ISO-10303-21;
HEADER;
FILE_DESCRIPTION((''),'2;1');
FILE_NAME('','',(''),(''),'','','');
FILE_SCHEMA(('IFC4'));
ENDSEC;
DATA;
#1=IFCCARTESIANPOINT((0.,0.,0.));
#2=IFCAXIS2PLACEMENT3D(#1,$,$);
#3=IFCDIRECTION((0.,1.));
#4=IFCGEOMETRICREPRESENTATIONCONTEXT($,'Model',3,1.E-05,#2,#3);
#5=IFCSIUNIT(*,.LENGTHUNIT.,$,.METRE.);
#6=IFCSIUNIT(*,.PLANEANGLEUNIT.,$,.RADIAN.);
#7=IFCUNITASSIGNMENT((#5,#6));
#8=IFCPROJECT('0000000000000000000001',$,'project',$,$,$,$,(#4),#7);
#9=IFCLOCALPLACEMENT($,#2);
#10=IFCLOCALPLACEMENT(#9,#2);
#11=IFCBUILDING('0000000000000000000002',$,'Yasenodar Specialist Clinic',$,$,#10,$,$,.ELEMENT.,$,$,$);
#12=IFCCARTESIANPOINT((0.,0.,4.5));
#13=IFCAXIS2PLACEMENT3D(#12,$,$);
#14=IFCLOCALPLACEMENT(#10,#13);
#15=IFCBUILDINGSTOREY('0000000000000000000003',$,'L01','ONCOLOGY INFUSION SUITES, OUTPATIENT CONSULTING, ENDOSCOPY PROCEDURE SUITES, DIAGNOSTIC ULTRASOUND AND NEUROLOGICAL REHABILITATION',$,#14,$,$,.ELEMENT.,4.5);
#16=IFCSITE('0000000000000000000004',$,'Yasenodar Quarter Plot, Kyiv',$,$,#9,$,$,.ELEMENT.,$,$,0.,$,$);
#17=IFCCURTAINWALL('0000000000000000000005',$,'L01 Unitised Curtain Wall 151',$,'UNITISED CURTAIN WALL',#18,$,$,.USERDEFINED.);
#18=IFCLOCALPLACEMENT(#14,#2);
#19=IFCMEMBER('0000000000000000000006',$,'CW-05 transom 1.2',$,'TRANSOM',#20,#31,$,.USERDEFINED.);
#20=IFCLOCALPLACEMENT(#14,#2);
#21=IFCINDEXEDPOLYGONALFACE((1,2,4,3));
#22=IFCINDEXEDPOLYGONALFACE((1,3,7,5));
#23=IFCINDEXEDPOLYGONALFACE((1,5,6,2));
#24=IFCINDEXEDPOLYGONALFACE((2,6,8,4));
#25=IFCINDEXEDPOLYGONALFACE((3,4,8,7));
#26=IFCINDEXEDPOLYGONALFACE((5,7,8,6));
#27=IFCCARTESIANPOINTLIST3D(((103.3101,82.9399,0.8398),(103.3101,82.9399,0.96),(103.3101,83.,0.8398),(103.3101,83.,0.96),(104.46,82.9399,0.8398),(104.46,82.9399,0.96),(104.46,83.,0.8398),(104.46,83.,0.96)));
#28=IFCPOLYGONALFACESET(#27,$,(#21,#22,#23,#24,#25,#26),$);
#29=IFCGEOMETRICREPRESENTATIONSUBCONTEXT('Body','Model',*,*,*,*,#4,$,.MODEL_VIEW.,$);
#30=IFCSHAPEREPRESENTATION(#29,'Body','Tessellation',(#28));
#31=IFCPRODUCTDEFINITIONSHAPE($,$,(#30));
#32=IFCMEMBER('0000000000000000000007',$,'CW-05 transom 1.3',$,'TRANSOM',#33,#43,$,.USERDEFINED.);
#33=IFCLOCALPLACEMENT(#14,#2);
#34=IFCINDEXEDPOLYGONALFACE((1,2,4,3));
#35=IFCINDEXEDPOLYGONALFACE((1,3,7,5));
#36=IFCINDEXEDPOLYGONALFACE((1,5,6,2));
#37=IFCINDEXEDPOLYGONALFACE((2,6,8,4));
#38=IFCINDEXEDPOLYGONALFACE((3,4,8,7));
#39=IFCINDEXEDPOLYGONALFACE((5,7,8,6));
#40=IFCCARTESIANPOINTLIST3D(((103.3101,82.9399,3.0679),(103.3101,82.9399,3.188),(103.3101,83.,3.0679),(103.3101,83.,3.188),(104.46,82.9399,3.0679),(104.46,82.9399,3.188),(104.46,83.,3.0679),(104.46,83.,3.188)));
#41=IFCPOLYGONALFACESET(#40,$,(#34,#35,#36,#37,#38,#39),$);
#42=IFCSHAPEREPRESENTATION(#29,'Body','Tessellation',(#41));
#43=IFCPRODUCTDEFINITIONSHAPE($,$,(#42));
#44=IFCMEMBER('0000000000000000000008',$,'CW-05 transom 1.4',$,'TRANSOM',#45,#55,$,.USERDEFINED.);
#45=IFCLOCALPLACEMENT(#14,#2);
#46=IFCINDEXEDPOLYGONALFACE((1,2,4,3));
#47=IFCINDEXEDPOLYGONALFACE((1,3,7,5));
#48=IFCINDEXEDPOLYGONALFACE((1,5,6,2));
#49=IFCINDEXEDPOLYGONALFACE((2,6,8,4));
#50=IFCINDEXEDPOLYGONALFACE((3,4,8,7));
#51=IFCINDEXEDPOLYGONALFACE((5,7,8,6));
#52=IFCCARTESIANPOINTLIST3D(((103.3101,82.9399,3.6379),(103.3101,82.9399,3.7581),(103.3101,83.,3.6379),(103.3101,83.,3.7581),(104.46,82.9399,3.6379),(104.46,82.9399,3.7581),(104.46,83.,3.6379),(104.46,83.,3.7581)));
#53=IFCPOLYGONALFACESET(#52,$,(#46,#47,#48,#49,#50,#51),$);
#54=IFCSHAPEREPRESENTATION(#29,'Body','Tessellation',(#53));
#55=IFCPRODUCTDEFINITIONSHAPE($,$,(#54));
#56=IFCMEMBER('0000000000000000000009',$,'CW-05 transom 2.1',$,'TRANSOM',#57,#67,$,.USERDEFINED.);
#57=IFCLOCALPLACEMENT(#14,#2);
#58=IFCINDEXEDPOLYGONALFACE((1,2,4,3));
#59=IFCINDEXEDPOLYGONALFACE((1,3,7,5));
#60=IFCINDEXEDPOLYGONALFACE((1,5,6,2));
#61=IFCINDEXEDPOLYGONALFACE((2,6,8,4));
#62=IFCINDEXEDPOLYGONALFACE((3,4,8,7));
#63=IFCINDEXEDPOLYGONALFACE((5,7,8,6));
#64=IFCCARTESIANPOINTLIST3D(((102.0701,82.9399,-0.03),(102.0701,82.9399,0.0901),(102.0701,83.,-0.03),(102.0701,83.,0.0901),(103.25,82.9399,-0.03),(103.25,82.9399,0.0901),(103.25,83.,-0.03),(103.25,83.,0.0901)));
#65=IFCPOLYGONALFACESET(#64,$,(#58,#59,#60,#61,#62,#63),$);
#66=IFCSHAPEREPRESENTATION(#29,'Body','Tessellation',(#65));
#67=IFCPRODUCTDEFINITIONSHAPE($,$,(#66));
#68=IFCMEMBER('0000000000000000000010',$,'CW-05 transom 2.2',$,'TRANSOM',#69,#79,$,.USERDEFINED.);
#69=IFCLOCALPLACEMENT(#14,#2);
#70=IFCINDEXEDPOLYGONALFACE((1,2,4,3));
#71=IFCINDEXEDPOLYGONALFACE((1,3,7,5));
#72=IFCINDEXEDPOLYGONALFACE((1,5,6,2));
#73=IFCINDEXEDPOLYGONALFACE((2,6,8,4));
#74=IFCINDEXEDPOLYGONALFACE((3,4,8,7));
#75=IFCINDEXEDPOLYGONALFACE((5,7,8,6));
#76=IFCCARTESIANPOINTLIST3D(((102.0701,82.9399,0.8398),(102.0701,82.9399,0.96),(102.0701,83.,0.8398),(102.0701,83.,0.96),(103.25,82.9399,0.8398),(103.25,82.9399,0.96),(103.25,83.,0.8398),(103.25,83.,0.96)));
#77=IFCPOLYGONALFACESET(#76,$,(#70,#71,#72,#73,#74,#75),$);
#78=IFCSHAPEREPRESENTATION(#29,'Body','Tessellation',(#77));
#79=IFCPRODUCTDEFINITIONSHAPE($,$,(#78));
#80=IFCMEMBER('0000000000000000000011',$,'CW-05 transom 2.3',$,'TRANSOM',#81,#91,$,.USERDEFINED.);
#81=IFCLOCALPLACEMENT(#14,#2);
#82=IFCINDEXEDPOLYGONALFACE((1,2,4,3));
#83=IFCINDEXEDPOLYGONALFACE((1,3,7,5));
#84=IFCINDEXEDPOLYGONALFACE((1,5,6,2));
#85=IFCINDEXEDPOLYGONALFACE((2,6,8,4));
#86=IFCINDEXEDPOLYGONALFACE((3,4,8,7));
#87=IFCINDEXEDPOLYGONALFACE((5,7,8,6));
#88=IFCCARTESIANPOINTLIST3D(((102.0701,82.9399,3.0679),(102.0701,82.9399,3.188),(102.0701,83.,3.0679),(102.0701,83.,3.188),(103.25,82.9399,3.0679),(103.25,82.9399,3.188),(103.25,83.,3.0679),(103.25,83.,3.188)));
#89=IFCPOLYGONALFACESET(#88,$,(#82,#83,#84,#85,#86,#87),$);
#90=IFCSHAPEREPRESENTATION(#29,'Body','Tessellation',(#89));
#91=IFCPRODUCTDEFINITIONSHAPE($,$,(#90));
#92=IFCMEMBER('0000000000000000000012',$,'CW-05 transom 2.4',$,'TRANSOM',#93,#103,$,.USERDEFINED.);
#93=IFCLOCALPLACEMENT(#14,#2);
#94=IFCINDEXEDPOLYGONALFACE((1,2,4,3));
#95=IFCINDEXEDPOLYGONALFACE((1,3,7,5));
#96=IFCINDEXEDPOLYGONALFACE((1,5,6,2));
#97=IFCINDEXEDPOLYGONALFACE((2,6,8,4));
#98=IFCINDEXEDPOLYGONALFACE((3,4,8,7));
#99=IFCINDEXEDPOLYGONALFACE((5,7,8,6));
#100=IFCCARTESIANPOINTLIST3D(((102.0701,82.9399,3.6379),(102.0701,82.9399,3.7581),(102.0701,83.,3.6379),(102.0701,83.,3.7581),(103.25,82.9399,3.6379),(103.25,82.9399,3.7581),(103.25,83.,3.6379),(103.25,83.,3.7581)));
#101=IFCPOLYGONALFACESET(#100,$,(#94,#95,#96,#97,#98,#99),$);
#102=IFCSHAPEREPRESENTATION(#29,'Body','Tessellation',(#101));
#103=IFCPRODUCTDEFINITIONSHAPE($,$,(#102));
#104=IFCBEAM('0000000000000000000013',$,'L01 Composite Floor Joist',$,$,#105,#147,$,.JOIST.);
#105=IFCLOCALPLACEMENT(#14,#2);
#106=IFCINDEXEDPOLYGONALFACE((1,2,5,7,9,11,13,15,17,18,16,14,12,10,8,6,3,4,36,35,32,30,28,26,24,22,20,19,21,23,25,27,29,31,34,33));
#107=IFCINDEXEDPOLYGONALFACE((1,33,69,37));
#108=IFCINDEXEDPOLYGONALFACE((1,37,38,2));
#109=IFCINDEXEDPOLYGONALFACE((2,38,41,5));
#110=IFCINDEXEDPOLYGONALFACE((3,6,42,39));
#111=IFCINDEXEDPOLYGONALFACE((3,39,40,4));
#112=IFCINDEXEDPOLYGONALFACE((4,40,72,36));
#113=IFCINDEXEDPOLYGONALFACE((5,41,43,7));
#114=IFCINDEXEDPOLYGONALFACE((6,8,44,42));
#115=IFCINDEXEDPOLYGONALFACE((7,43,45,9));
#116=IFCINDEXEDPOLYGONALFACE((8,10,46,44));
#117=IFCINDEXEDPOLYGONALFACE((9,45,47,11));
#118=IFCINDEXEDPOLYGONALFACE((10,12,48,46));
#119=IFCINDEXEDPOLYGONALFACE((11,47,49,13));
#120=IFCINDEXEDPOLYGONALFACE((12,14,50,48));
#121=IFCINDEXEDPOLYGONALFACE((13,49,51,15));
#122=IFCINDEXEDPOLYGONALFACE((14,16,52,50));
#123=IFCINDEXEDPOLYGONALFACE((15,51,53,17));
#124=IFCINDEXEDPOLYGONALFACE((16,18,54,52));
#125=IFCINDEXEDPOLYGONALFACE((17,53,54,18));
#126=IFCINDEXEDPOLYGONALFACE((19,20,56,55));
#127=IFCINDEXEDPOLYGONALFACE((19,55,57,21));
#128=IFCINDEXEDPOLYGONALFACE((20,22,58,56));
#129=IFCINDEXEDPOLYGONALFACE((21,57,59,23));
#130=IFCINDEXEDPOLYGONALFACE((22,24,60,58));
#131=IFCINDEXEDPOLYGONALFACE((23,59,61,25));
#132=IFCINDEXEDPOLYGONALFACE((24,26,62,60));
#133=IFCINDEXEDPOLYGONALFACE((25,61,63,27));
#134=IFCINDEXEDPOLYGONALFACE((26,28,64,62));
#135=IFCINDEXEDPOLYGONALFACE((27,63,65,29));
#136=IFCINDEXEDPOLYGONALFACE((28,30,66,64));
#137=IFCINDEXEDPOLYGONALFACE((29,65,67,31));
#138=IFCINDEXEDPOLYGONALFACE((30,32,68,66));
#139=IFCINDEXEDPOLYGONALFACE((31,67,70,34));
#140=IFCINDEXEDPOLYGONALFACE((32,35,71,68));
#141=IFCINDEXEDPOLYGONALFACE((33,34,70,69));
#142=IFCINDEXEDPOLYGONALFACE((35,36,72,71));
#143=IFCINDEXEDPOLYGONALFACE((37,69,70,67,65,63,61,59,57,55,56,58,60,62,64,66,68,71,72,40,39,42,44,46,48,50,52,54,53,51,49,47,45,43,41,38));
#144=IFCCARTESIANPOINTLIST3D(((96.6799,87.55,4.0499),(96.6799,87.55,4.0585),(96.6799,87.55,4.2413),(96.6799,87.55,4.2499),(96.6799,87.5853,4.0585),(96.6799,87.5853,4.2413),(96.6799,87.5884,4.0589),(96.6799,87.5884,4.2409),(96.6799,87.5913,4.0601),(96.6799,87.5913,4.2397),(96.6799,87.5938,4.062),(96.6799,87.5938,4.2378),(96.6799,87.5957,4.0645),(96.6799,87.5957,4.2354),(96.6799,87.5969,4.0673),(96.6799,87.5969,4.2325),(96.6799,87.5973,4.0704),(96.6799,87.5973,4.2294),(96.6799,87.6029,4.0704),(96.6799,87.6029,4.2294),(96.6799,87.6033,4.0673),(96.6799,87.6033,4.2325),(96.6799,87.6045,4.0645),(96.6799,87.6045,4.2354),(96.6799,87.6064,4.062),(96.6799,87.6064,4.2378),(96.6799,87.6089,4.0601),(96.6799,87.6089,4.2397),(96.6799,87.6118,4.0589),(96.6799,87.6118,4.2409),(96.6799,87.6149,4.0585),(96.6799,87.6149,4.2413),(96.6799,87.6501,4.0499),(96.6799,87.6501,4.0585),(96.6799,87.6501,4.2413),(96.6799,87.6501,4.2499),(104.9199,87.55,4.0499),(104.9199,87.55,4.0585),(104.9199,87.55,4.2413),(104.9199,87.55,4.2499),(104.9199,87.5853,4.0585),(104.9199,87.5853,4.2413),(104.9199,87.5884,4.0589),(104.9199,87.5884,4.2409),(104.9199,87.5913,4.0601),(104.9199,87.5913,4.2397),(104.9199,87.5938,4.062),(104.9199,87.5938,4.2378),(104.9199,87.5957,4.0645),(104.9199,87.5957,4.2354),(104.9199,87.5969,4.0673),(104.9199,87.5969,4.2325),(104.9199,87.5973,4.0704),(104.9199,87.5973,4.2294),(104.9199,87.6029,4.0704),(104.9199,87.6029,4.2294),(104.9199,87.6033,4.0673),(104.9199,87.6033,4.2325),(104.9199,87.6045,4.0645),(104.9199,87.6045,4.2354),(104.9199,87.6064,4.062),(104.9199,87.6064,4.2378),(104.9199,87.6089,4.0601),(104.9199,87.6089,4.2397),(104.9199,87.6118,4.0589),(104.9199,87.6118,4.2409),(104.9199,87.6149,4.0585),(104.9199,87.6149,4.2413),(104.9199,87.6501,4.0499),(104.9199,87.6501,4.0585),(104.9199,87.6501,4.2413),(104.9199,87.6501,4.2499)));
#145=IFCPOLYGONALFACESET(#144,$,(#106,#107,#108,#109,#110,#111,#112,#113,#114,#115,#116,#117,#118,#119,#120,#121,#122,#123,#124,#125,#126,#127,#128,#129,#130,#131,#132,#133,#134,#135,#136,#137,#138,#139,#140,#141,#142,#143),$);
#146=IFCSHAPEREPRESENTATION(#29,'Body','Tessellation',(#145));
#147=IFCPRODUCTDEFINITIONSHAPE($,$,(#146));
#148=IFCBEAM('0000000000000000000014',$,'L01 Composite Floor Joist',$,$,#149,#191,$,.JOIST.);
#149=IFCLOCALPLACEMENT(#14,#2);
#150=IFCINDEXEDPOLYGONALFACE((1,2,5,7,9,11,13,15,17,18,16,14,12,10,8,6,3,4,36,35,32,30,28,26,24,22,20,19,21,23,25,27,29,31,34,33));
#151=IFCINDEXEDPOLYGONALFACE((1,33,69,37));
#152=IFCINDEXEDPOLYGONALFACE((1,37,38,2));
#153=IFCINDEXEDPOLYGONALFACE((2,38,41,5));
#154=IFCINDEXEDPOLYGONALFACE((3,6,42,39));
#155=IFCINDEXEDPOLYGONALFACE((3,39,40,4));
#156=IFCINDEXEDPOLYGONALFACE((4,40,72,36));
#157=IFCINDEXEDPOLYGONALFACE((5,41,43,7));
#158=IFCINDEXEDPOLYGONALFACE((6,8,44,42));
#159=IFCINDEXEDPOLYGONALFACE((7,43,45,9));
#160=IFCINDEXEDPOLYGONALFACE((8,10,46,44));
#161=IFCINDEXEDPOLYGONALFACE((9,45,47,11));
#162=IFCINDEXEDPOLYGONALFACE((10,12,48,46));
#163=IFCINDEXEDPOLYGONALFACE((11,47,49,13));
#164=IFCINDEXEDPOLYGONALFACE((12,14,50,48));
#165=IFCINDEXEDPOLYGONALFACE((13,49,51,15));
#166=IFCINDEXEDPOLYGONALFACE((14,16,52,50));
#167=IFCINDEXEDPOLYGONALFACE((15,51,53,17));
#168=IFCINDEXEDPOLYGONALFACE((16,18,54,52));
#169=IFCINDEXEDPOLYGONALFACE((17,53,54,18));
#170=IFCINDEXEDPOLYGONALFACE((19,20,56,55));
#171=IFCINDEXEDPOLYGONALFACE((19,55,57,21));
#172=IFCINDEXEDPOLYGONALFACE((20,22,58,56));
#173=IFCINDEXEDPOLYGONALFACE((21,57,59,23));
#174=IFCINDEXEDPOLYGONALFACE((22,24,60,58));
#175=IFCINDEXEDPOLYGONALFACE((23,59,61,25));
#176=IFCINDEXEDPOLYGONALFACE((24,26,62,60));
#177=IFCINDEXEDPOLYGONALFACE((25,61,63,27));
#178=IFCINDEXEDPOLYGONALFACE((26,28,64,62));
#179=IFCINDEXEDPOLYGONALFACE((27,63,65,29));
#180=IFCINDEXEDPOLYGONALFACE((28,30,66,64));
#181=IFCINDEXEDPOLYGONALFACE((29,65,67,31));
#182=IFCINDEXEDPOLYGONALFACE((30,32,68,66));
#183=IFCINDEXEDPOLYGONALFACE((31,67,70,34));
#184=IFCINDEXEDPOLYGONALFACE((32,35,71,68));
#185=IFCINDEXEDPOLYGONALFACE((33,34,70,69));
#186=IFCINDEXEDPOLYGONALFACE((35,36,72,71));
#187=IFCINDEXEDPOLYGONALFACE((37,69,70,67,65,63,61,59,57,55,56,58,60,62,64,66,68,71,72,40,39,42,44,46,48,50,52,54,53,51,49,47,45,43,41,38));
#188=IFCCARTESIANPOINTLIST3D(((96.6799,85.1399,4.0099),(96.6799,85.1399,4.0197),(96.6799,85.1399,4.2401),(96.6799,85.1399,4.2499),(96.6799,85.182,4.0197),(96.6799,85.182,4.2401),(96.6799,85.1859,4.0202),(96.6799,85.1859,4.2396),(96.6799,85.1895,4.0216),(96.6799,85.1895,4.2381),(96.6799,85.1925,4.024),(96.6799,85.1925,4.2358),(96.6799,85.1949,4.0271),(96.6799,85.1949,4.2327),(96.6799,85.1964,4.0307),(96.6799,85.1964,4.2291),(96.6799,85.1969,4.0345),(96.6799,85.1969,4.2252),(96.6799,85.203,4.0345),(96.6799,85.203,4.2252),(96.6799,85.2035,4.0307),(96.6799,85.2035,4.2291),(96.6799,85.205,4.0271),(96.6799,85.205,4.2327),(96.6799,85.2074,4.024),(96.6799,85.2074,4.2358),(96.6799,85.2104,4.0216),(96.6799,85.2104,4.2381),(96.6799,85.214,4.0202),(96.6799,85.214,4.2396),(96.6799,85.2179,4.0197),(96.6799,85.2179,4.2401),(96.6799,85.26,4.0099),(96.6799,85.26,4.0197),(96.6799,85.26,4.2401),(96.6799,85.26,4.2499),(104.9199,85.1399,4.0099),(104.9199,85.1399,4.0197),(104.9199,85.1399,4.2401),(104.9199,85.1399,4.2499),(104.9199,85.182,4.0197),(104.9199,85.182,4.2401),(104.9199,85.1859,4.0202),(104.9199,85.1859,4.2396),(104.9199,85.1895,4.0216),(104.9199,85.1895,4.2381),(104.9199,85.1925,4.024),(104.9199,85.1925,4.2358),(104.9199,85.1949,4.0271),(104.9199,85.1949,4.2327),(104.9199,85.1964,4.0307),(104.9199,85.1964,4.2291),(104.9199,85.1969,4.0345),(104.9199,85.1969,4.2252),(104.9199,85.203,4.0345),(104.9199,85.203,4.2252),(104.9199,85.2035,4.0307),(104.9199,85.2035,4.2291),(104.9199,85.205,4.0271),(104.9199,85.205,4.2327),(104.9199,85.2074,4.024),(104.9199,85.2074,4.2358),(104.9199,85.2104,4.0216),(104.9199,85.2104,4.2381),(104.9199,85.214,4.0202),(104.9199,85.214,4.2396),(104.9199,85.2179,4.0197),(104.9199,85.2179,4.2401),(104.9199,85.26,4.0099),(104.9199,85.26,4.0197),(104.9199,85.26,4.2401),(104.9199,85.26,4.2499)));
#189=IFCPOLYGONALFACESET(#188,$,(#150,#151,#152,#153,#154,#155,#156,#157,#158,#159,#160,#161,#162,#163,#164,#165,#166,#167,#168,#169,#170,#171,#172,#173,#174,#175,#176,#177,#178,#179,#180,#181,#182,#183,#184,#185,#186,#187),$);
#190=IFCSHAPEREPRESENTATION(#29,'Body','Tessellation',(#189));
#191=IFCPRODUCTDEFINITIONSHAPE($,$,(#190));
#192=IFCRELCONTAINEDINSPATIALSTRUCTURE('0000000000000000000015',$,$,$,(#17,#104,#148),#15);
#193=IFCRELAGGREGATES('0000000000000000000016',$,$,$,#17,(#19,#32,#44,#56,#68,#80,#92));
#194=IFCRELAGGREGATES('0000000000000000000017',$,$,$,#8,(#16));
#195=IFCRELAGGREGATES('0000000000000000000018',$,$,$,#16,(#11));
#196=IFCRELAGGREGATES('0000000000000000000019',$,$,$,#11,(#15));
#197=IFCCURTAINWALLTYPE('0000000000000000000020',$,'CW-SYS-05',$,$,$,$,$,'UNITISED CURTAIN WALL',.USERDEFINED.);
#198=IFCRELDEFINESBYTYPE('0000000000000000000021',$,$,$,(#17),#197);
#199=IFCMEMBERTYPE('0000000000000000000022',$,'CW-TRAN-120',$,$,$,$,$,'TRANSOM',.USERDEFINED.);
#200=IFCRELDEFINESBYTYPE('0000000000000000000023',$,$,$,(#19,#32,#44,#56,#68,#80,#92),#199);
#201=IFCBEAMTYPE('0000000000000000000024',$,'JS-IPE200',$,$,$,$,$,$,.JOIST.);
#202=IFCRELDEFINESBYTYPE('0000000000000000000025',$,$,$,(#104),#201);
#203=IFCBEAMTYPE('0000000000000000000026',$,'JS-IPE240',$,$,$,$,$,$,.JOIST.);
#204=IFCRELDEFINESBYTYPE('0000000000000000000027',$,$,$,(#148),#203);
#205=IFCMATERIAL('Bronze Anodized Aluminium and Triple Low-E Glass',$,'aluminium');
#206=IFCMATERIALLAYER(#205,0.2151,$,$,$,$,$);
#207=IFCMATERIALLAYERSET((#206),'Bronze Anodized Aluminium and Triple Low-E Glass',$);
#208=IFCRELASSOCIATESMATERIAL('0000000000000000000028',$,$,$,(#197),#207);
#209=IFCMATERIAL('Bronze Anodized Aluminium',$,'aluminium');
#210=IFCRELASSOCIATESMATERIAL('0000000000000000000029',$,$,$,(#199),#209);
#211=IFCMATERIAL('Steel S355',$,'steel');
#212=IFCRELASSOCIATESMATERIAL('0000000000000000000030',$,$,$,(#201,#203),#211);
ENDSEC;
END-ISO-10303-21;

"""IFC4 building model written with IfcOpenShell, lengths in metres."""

from ifc_helpers import new_model, si_unit, direction, frame, origin, origin_2d, place, context, subcontext, project, spatial, rectangle, i_section, extrude, material, layer, layer_set, material_profile, profile_set, type_object, element, aggregate, save


model = new_model("IFC4")

# Units and contexts
model_context = context("Model", 3, precision=1e-05, world=origin(), true_north=direction((0.0, 1.0)))
body_context = subcontext(model_context, "Body", "Model", "MODEL_VIEW")
ifc_project = project(units=[si_unit("LENGTHUNIT", "METRE"), si_unit("PLANEANGLEUNIT", "RADIAN")], contexts=[model_context])

# Site, building, storey
site_placement = place(None, origin())
site = spatial("IfcSite", under=ifc_project, at=site_placement, Name="Yasenodar Quarter Plot, Kyiv", CompositionType="ELEMENT", RefElevation=0.0)
building_placement = place(site_placement, origin())
building = spatial("IfcBuilding", under=site, at=building_placement, Name="Yasenodar Specialist Clinic", CompositionType="ELEMENT")
storey_placement = place(building_placement, frame((0.0, 0.0, 4.5)))
storey = spatial("IfcBuildingStorey", under=building, at=storey_placement, Name="L01", Description="ONCOLOGY INFUSION SUITES, OUTPATIENT CONSULTING, ENDOSCOPY PROCEDURE SUITES, DIAGNOSTIC ULTRASOUND AND NEUROLOGICAL REHABILITATION", CompositionType="ELEMENT", Elevation=4.5)

# Shared definitions
ifc_material_1 = material(Name="Steel S355", Category="steel")

# Curtain wall, members
ifc_material_2 = material(Name="Bronze Anodized Aluminium and Triple Low-E Glass", Category="aluminium")
ifc_layer_1 = layer(ifc_material_2, 0.2151)
ifc_layer_set_1 = layer_set([ifc_layer_1], Name="Bronze Anodized Aluminium and Triple Low-E Glass")
curtain_wall_type = type_object("IfcCurtainWallType", Name="CW-SYS-05", ElementType="UNITISED CURTAIN WALL", PredefinedType="USERDEFINED", material=ifc_layer_set_1)
curtain_wall_placement = place(storey_placement, origin())
curtain_wall = element("IfcCurtainWall", 1, at=curtain_wall_placement, inside=storey, type_object=curtain_wall_type, Name="L01 Unitised Curtain Wall 151", ObjectType="UNITISED CURTAIN WALL", PredefinedType="USERDEFINED")
ifc_material_3 = material(Name="Bronze Anodized Aluminium", Category="aluminium")
ifc_material_profile_1 = material_profile(ifc_material_3, rectangle(XDim=0.0601, YDim=0.1201, at=origin_2d()), Name="CW-TRAN 60x120")
ifc_profile_set_1 = profile_set([ifc_material_profile_1], Name="Bronze Anodized Aluminium")
member_type_1 = type_object("IfcMemberType", Name="CW-TRAN-120", ElementType="TRANSOM", PredefinedType="USERDEFINED", material=ifc_profile_set_1)
member_1_placement = place(storey_placement, frame((104.46, 82.97, 0.8999), z_axis=(-1.0, 0.0, 0.0), x_axis=(0.0, -1.0, 0.0)))
member_1 = element("IfcMember", 2, at=member_1_placement, type_object=member_type_1, Name="CW-05 transom 1.2", ObjectType="TRANSOM", PredefinedType="USERDEFINED", context=body_context, shape_type="SweptSolid", body=[
    extrude(rectangle(XDim=0.0601, YDim=0.1201, at=origin_2d()), origin(), (0.0, 0.0, 1.0), 1.1499),
])
member_2_placement = place(storey_placement, frame((104.46, 82.97, 3.1279), z_axis=(-1.0, 0.0, 0.0), x_axis=(0.0, -1.0, 0.0)))
member_2 = element("IfcMember", 3, at=member_2_placement, type_object=member_type_1, Name="CW-05 transom 1.3", ObjectType="TRANSOM", PredefinedType="USERDEFINED", context=body_context, shape_type="SweptSolid", body=[
    extrude(rectangle(XDim=0.0601, YDim=0.1201, at=origin_2d()), origin(), (0.0, 0.0, 1.0), 1.1499),
])
member_3_placement = place(storey_placement, frame((104.46, 82.97, 3.698), z_axis=(-1.0, 0.0, 0.0), x_axis=(0.0, -1.0, 0.0)))
member_3 = element("IfcMember", 4, at=member_3_placement, type_object=member_type_1, Name="CW-05 transom 1.4", ObjectType="TRANSOM", PredefinedType="USERDEFINED", context=body_context, shape_type="SweptSolid", body=[
    extrude(rectangle(XDim=0.0601, YDim=0.1201, at=origin_2d()), origin(), (0.0, 0.0, 1.0), 1.1499),
])
member_4_placement = place(storey_placement, frame((103.25, 82.97, 0.03), z_axis=(-1.0, 0.0, 0.0), x_axis=(0.0, -1.0, 0.0)))
member_4 = element("IfcMember", 5, at=member_4_placement, type_object=member_type_1, Name="CW-05 transom 2.1", ObjectType="TRANSOM", PredefinedType="USERDEFINED", context=body_context, shape_type="SweptSolid", body=[
    extrude(rectangle(XDim=0.0601, YDim=0.1201, at=origin_2d()), origin(), (0.0, 0.0, 1.0), 1.1799),
])
member_5_placement = place(storey_placement, frame((103.25, 82.97, 0.8999), z_axis=(-1.0, 0.0, 0.0), x_axis=(0.0, -1.0, 0.0)))
member_5 = element("IfcMember", 6, at=member_5_placement, type_object=member_type_1, Name="CW-05 transom 2.2", ObjectType="TRANSOM", PredefinedType="USERDEFINED", context=body_context, shape_type="SweptSolid", body=[
    extrude(rectangle(XDim=0.0601, YDim=0.1201, at=origin_2d()), origin(), (0.0, 0.0, 1.0), 1.1799),
])
member_6_placement = place(storey_placement, frame((103.25, 82.97, 3.1279), z_axis=(-1.0, 0.0, 0.0), x_axis=(0.0, -1.0, 0.0)))
member_6 = element("IfcMember", 7, at=member_6_placement, type_object=member_type_1, Name="CW-05 transom 2.3", ObjectType="TRANSOM", PredefinedType="USERDEFINED", context=body_context, shape_type="SweptSolid", body=[
    extrude(rectangle(XDim=0.0601, YDim=0.1201, at=origin_2d()), origin(), (0.0, 0.0, 1.0), 1.1799),
])
member_7_placement = place(storey_placement, frame((103.25, 82.97, 3.698), z_axis=(-1.0, 0.0, 0.0), x_axis=(0.0, -1.0, 0.0)))
member_7 = element("IfcMember", 8, at=member_7_placement, type_object=member_type_1, Name="CW-05 transom 2.4", ObjectType="TRANSOM", PredefinedType="USERDEFINED", context=body_context, shape_type="SweptSolid", body=[
    extrude(rectangle(XDim=0.0601, YDim=0.1201, at=origin_2d()), origin(), (0.0, 0.0, 1.0), 1.1799),
])

# Beams
ifc_material_profile_2 = material_profile(ifc_material_1, i_section(OverallWidth=0.1001, OverallDepth=0.2, WebThickness=0.0056, FlangeThickness=0.0085, FilletRadius=0.012, at=origin_2d()), Name="IPE 200")
ifc_profile_set_2 = profile_set([ifc_material_profile_2], Name="Steel S355")
beam_type_1 = type_object("IfcBeamType", Name="JS-IPE200", PredefinedType="JOIST", material=ifc_profile_set_2)
beam_1_placement = place(storey_placement, frame((96.6799, 87.6001, 4.1499), z_axis=(1.0, 0.0, 0.0), x_axis=(0.0, 1.0, 0.0)))
element("IfcBeam", 9, at=beam_1_placement, inside=storey, type_object=beam_type_1, Name="L01 Composite Floor Joist", PredefinedType="JOIST", context=body_context, shape_type="SweptSolid", body=[
    extrude(i_section(OverallWidth=0.1001, OverallDepth=0.2, WebThickness=0.0056, FlangeThickness=0.0085, FilletRadius=0.012, at=origin_2d()), origin(), (0.0, 0.0, 1.0), 8.24),
])
ifc_material_profile_3 = material_profile(ifc_material_1, i_section(OverallWidth=0.1201, OverallDepth=0.24, WebThickness=0.0061, FlangeThickness=0.0098, FilletRadius=0.0149, at=origin_2d()), Name="IPE 240")
ifc_profile_set_3 = profile_set([ifc_material_profile_3], Name="Steel S355")
beam_type_2 = type_object("IfcBeamType", Name="JS-IPE240", PredefinedType="JOIST", material=ifc_profile_set_3)
for number, where, z_axis, x_axis, name in (
    (10, (96.6799, 85.2, 4.1299), (1.0, 0.0, 0.0), (0.0, 1.0, 0.0), "L01 Composite Floor Joist"),
):
    element("IfcBeam", number, at=place(storey_placement, frame(where, z_axis=z_axis, x_axis=x_axis)), inside=storey, type_object=beam_type_2, Name=name, PredefinedType="JOIST", context=body_context, shape_type="SweptSolid", body=[
        extrude(i_section(OverallWidth=0.1201, OverallDepth=0.24, WebThickness=0.0061, FlangeThickness=0.0098, FilletRadius=0.0149, at=origin_2d()), origin(), (0.0, 0.0, 1.0), 8.24),
    ])

aggregate(curtain_wall, [member_1, member_2, member_3, member_4, member_5, member_6, member_7])

save(model, "model.ifc")
